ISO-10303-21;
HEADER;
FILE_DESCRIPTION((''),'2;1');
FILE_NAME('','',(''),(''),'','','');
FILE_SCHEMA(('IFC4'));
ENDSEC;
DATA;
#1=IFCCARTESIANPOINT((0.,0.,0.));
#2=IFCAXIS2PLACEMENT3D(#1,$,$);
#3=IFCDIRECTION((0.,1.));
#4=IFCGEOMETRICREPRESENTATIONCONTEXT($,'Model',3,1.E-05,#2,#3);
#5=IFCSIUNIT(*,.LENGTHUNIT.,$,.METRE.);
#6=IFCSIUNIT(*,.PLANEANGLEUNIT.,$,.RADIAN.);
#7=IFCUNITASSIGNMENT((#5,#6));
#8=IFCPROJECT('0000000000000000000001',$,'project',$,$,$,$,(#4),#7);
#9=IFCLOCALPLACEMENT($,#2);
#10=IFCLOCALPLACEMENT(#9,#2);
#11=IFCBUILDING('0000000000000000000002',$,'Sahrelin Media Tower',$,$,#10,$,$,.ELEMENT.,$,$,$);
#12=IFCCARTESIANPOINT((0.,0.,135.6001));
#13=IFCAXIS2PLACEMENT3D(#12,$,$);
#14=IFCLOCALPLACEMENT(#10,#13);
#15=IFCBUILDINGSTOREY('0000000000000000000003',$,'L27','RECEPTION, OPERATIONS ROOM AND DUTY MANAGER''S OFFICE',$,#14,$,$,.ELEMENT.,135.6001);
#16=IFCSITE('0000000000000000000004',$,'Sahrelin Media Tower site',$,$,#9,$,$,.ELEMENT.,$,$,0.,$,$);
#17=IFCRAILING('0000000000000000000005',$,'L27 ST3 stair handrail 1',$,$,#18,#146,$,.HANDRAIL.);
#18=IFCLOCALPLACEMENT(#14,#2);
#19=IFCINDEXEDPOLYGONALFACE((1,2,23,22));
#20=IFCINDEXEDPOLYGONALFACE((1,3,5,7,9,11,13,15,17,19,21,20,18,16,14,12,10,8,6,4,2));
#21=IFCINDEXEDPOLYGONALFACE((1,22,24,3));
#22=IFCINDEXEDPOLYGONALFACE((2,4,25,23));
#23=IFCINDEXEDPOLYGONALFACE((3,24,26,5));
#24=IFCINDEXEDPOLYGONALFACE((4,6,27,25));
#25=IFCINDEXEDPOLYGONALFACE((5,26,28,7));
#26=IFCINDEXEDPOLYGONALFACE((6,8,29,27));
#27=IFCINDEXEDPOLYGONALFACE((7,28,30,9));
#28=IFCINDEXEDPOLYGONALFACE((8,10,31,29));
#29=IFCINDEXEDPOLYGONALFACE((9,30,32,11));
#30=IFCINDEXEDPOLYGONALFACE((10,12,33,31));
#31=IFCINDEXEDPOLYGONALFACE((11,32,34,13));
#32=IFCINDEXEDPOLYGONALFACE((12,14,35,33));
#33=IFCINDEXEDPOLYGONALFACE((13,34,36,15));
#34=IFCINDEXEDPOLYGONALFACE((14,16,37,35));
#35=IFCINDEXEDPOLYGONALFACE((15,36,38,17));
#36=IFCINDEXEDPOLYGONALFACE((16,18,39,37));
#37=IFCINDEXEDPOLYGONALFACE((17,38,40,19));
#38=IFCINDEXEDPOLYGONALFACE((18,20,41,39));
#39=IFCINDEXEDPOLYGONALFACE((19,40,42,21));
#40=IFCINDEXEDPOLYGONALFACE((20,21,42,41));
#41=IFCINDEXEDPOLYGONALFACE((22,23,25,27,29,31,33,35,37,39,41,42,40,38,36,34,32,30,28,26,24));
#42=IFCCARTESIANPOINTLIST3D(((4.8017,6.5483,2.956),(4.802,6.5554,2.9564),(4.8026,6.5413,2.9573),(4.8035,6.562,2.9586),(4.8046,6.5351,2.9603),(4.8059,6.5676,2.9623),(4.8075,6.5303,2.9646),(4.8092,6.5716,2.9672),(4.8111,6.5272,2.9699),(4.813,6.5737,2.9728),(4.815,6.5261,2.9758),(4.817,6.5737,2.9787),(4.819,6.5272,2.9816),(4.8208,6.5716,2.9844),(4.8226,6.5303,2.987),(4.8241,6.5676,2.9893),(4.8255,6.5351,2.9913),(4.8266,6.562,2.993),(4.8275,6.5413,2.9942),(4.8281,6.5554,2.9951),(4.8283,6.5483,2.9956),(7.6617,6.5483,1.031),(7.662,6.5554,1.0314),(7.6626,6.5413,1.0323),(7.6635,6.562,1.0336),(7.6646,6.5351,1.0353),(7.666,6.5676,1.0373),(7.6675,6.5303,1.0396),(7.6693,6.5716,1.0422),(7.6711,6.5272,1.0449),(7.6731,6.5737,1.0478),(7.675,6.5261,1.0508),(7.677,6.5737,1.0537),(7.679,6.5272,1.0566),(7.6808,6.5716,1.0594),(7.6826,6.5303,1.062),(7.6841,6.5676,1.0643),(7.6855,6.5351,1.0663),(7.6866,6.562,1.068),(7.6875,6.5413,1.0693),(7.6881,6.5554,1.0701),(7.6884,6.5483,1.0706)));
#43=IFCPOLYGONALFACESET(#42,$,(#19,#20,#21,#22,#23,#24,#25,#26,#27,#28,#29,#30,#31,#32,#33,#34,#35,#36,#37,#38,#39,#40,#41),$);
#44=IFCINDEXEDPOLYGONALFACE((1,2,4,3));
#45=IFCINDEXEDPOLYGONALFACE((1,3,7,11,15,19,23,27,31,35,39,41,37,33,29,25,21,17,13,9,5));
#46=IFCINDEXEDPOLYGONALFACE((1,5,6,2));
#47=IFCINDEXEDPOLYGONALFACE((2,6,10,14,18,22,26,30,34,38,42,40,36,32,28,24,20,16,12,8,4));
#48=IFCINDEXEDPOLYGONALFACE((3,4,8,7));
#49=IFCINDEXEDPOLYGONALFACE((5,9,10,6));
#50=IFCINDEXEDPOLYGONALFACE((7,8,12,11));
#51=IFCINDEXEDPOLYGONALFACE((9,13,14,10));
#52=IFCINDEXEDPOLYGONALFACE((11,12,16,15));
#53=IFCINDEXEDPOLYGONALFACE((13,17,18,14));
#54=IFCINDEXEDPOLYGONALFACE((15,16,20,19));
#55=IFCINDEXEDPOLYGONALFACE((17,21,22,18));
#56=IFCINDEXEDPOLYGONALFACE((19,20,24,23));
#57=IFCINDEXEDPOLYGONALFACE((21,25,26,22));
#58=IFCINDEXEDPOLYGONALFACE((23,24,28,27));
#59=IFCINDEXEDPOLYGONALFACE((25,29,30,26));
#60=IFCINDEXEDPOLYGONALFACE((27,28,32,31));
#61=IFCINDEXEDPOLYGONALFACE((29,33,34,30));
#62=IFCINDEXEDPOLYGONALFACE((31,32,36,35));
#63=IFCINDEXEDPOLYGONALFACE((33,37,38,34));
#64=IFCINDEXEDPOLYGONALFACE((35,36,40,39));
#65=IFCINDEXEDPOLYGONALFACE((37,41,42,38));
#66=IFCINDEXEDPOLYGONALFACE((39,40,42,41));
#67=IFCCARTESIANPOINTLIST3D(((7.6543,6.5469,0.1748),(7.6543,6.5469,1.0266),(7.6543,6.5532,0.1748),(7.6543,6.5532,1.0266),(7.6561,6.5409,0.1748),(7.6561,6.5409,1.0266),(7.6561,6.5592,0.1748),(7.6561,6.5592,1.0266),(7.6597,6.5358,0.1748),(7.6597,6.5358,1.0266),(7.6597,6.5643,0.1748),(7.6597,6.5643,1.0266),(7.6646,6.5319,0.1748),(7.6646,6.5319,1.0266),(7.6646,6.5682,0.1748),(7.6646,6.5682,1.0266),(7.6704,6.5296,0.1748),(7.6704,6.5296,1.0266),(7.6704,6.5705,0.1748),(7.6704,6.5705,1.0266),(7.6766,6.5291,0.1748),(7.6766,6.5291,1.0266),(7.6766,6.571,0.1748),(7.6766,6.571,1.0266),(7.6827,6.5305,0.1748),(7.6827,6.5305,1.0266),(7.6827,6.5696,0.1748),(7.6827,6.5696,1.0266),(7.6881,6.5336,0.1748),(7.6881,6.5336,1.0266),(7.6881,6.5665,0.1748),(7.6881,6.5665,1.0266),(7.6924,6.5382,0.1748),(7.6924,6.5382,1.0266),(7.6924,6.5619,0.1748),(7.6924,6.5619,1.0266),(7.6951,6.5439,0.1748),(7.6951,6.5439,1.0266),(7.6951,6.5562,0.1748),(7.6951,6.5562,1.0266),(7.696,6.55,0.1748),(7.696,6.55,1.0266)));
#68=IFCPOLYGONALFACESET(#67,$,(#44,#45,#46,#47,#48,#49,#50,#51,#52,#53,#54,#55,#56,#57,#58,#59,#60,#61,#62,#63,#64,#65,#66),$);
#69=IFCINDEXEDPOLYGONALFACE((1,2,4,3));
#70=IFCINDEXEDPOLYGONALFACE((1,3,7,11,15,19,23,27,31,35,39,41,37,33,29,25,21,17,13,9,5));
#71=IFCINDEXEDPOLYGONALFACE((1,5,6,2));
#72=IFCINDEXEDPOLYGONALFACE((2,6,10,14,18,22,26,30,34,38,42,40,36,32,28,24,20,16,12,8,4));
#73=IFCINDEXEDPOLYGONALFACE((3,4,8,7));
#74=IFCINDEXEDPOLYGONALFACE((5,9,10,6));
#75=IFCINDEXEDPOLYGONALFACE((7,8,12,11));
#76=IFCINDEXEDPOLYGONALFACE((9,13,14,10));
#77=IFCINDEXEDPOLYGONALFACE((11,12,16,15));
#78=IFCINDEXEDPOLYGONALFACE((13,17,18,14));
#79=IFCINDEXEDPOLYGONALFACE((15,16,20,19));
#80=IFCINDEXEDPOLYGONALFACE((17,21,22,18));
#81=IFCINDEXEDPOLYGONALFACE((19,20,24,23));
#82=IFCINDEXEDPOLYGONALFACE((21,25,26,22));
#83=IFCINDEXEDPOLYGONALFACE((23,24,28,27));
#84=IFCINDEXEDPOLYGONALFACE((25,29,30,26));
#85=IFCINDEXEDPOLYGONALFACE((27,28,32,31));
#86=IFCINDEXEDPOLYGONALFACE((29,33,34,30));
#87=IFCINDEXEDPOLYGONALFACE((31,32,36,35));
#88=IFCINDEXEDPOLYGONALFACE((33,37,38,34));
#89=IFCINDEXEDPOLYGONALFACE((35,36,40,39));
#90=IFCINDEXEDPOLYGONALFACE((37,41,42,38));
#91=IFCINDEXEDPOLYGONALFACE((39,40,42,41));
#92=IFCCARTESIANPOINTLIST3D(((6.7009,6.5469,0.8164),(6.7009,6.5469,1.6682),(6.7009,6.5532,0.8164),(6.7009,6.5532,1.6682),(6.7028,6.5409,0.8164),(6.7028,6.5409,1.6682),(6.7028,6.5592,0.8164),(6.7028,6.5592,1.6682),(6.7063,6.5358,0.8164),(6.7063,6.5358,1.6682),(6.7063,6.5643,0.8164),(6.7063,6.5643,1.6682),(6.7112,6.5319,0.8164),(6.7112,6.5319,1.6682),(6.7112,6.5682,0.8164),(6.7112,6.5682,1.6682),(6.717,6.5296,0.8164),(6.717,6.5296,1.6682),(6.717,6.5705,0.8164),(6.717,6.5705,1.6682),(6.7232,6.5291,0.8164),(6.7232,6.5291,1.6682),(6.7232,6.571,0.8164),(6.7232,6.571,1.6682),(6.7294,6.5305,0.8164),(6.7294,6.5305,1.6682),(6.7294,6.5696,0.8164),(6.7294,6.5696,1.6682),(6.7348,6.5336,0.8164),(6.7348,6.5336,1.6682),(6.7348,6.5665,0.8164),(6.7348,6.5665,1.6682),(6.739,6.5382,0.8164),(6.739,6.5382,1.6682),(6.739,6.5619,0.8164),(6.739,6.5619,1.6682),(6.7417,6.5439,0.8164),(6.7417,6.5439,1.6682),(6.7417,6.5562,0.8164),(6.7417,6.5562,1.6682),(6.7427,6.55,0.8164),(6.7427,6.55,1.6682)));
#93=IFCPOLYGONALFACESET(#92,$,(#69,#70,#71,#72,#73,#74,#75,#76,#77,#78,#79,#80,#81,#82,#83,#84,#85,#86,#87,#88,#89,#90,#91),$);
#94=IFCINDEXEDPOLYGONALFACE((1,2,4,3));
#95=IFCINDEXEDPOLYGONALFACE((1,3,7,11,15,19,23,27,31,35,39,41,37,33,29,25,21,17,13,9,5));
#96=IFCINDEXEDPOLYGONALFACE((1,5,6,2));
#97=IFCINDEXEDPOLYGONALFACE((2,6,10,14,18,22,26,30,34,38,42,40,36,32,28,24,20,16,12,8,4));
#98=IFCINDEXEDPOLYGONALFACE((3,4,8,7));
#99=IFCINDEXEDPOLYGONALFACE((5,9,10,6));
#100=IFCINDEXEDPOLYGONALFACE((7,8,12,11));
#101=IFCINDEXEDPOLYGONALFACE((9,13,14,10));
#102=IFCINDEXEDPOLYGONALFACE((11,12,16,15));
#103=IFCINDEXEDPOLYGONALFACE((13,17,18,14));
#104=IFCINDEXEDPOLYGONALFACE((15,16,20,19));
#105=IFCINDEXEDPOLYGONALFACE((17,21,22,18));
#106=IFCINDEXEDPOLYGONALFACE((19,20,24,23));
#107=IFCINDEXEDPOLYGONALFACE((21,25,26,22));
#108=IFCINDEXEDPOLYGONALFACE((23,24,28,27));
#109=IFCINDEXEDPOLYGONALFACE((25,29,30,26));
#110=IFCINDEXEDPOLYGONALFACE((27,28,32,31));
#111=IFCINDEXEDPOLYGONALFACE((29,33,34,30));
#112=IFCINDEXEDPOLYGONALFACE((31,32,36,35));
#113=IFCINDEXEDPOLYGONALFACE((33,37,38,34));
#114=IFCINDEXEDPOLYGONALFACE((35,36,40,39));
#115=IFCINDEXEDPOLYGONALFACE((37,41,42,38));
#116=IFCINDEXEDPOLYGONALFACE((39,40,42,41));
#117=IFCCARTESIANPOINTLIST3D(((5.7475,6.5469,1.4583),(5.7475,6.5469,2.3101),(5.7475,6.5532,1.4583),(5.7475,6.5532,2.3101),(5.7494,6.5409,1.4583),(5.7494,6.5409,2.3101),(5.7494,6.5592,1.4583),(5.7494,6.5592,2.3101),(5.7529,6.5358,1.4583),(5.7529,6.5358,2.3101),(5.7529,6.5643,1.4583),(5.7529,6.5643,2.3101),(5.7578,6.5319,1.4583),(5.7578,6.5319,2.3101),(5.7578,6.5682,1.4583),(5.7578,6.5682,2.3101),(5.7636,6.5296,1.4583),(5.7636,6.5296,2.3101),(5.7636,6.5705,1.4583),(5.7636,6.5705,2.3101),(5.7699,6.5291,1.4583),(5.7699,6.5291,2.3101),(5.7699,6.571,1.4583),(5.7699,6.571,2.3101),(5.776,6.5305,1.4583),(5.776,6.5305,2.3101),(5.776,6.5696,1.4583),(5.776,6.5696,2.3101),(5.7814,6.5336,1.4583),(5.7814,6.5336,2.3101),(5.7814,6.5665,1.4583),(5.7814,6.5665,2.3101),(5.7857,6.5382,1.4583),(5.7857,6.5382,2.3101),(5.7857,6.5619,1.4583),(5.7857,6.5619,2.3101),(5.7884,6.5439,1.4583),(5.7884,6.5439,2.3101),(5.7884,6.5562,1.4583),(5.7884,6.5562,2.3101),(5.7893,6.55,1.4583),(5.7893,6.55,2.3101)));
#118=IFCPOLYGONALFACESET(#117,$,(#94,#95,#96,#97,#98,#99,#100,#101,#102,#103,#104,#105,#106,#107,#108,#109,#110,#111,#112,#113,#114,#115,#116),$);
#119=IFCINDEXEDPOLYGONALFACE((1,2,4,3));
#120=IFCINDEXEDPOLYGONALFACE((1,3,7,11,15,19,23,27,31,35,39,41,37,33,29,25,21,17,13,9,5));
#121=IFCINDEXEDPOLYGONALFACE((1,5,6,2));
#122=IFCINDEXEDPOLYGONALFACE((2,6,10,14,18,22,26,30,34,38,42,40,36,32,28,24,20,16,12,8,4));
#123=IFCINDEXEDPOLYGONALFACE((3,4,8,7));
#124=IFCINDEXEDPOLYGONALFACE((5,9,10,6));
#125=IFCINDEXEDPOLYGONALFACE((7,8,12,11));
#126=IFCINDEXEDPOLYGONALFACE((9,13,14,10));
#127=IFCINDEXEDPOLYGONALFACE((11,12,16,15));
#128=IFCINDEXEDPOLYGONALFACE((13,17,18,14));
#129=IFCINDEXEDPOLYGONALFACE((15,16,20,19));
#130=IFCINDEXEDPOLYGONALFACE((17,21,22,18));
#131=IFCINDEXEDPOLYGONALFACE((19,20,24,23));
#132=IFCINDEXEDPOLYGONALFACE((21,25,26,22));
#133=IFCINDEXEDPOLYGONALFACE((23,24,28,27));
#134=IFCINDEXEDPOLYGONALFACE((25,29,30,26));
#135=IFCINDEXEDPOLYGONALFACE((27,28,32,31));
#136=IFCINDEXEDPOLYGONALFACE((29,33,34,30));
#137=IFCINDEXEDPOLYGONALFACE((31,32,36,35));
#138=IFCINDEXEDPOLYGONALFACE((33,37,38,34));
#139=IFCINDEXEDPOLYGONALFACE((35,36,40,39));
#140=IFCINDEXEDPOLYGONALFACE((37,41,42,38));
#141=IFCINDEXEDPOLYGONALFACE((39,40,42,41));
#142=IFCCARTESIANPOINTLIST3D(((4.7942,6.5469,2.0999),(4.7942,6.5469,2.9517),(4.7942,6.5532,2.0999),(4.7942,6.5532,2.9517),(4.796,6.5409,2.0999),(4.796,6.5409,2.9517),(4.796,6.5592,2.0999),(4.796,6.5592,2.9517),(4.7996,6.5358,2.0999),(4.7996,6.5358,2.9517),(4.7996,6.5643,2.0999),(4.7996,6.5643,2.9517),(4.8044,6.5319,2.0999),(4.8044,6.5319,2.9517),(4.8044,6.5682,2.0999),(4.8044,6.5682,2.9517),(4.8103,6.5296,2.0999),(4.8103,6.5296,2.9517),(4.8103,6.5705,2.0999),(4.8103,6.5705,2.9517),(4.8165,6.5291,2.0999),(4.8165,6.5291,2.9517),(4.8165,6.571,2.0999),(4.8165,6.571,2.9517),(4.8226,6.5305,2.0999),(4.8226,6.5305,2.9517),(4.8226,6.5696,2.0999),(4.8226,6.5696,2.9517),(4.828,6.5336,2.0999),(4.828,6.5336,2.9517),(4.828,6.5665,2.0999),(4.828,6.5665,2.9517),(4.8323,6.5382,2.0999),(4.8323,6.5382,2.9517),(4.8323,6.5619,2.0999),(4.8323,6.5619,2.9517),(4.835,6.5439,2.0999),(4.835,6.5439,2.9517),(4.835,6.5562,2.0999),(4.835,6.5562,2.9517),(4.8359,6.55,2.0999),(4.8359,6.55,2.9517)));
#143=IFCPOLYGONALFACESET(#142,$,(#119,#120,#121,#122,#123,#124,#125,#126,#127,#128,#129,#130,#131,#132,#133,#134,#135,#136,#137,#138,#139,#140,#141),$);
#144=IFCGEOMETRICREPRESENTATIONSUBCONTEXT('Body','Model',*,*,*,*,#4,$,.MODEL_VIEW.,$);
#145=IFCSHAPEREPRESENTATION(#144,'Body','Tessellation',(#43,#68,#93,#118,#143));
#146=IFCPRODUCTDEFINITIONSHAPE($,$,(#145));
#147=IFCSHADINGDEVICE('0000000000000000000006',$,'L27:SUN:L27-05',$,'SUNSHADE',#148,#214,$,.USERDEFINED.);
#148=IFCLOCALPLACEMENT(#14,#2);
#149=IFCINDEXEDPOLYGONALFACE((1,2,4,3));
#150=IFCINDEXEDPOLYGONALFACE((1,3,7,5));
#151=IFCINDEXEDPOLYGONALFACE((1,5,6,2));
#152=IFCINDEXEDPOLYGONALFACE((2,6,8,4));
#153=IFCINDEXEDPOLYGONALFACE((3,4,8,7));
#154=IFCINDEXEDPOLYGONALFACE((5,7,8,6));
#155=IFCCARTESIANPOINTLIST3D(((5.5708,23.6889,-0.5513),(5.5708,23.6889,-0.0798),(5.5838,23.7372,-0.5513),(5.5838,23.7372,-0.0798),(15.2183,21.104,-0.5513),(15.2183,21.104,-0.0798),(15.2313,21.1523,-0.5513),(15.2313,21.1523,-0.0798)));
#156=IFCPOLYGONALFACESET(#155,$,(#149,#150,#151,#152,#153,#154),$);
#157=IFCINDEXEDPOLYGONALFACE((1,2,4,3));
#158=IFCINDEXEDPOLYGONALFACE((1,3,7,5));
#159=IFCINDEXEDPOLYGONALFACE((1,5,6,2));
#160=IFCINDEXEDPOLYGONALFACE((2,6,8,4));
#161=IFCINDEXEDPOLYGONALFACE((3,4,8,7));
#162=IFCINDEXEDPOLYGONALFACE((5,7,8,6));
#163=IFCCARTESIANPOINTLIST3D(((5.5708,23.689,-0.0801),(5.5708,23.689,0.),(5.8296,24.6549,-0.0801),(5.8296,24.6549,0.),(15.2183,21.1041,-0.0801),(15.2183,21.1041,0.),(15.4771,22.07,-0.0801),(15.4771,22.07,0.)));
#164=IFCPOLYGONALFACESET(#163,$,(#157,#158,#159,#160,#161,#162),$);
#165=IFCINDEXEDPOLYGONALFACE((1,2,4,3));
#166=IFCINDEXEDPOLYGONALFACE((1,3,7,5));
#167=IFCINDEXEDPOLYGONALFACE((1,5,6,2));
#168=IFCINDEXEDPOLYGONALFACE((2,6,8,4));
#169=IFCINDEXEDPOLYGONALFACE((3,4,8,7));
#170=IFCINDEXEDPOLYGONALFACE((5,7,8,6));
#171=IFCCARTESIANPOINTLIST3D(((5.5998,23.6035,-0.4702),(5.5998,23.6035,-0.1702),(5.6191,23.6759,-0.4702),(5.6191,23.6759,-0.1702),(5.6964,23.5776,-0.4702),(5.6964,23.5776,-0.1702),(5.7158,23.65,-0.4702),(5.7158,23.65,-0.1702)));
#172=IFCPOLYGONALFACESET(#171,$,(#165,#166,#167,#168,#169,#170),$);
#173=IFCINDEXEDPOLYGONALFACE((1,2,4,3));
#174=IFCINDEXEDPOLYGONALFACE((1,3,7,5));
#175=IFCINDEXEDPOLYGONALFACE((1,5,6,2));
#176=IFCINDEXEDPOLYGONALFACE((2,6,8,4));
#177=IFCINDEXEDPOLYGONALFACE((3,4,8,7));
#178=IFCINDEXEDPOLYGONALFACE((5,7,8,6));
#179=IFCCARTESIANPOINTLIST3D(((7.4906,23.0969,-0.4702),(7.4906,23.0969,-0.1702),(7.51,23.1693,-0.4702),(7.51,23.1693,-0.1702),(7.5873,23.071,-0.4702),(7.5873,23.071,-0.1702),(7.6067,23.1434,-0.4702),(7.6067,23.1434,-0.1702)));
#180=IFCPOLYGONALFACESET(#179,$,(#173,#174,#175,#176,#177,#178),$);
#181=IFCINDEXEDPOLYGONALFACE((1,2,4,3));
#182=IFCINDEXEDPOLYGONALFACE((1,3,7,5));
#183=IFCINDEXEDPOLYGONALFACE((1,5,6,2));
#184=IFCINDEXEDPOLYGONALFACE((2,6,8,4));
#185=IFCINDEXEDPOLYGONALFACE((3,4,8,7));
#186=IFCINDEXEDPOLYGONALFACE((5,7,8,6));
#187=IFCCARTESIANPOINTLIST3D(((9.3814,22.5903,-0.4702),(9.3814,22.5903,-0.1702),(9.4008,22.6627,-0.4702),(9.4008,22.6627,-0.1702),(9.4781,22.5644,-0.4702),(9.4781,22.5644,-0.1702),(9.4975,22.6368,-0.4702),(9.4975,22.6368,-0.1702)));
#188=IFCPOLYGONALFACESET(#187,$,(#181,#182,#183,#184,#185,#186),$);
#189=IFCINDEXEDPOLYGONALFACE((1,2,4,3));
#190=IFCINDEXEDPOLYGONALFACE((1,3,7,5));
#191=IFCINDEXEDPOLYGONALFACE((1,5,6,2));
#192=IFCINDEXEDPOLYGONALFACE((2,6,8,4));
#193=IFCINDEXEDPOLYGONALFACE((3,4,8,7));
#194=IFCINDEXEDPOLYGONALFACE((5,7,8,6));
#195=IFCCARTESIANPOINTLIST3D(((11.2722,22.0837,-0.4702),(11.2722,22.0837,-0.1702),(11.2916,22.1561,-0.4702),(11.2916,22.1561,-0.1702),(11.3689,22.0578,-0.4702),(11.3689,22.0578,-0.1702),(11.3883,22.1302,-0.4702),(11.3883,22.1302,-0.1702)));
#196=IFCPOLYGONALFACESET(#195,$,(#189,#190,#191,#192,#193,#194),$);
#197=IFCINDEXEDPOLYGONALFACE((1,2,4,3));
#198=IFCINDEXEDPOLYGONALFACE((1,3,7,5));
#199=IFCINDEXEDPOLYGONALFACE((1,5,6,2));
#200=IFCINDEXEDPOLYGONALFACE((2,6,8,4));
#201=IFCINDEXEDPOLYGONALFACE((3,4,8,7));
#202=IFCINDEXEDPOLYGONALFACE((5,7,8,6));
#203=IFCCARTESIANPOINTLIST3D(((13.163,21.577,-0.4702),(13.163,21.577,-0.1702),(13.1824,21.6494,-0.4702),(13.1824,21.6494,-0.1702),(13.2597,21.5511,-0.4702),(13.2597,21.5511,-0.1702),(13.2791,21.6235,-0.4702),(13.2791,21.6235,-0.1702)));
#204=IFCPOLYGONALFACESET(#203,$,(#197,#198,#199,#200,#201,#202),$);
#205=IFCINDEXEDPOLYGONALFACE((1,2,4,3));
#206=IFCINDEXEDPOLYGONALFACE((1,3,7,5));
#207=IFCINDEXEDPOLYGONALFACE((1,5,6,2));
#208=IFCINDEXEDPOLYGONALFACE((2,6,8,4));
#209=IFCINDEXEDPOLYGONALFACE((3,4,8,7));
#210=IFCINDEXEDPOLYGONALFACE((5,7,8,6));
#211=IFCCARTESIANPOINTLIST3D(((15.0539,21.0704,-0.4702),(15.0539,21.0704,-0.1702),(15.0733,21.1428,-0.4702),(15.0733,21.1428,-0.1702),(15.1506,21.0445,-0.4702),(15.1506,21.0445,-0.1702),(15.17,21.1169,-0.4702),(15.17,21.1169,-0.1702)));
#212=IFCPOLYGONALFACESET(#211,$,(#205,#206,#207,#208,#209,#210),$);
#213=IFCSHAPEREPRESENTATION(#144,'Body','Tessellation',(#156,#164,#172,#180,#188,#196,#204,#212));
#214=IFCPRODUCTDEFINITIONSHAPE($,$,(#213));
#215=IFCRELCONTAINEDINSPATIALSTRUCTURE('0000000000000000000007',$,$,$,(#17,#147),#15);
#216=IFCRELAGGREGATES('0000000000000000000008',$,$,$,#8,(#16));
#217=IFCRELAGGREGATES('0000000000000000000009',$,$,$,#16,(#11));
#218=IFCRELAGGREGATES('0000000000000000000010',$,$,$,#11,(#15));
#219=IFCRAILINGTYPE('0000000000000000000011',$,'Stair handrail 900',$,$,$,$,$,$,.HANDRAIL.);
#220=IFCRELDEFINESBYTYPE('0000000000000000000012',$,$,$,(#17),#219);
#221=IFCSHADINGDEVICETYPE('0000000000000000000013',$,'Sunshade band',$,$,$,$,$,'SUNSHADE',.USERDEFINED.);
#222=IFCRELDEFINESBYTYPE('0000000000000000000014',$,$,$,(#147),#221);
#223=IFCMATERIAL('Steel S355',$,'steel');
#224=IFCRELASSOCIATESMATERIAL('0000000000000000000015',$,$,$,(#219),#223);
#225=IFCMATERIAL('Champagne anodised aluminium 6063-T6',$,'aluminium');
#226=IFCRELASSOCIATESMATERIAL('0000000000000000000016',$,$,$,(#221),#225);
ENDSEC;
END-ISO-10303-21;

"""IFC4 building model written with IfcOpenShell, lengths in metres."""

from ifc_helpers import new_model, si_unit, direction, frame, origin, origin_2d, place, context, subcontext, project, spatial, rectangle, circle, extrude, material, type_object, element, save


model = new_model("IFC4")

# Units and contexts
model_context = context("Model", 3, precision=1e-05, world=origin(), true_north=direction((0.0, 1.0)))
body_context = subcontext(model_context, "Body", "Model", "MODEL_VIEW")
ifc_project = project(units=[si_unit("LENGTHUNIT", "METRE"), si_unit("PLANEANGLEUNIT", "RADIAN")], contexts=[model_context])

# Site, building, storey
site_placement = place(None, origin())
site = spatial("IfcSite", under=ifc_project, at=site_placement, Name="Sahrelin Media Tower site", CompositionType="ELEMENT", RefElevation=0.0)
building_placement = place(site_placement, origin())
building = spatial("IfcBuilding", under=site, at=building_placement, Name="Sahrelin Media Tower", CompositionType="ELEMENT")
storey_placement = place(building_placement, frame((0.0, 0.0, 135.6001)))
storey = spatial("IfcBuildingStorey", under=building, at=storey_placement, Name="L27", Description="RECEPTION, OPERATIONS ROOM AND DUTY MANAGER'S OFFICE", CompositionType="ELEMENT", Elevation=135.6001)

# Shared definitions
ifc_material_1 = material(Name="Steel S355", Category="steel")

# Shared definitions
ifc_material_2 = material(Name="Champagne anodised aluminium 6063-T6", Category="aluminium")

# Shared definitions
placement_1 = place(storey_placement, frame((10.3894, 22.3772, 0.0), z_axis=(0.0, 0.0, 1.0), x_axis=(0.965929, -0.258808, 0.0)))

# Railing
railing_type = type_object("IfcRailingType", Name="Stair handrail 900", PredefinedType="HANDRAIL", material=ifc_material_1)
railing_placement = place(storey_placement, frame((7.675, 6.55, 0.1748)))
element("IfcRailing", 1, at=railing_placement, inside=storey, type_object=railing_type, Name="L27 ST3 stair handrail 1", PredefinedType="HANDRAIL", context=body_context, shape_type="SweptSolid", body=[
    extrude(circle(Radius=0.0239, at=origin_2d()), frame((0.0, 0.0, 0.876), z_axis=(-0.829591, 0.0, 0.558372), x_axis=(0.0, -1.0, 0.0)), (0.0, 0.0, 1.0), 3.4475),
    extrude(circle(Radius=0.021, at=origin_2d()), origin(), (0.0, 0.0, 1.0), 0.8518),
    extrude(circle(Radius=0.021, at=origin_2d()), frame((-0.9534, 0.0, 0.6416)), (0.0, 0.0, 1.0), 0.8518),
    extrude(circle(Radius=0.021, at=origin_2d()), frame((-1.9067, 0.0, 1.2834)), (0.0, 0.0, 1.0), 0.8518),
    extrude(circle(Radius=0.021, at=origin_2d()), frame((-2.8601, 0.0, 1.925)), (0.0, 0.0, 1.0), 0.8518),
])

# Shading device
shading_device_type_1 = type_object("IfcShadingDeviceType", Name="Sunshade band", ElementType="SUNSHADE", PredefinedType="USERDEFINED", material=ifc_material_2)
element("IfcShadingDevice", 2, at=placement_1, inside=storey, type_object=shading_device_type_1, Name="L27:SUN:L27-05", ObjectType="SUNSHADE", PredefinedType="USERDEFINED", context=body_context, shape_type="SweptSolid", body=[
    extrude(rectangle(XDim=9.9878, YDim=0.05, at=origin_2d()), frame((0.0, 0.0449, -0.5513)), (0.0, 0.0, 1.0), 0.4714),
    extrude(rectangle(XDim=9.9878, YDim=1.0, at=origin_2d()), frame((0.0, 0.52, -0.0801)), (0.0, 0.0, 1.0), 0.0801),
    extrude(rectangle(XDim=0.1001, YDim=0.075, at=origin_2d()), frame((-4.8938, -0.0176, -0.4702)), (0.0, 0.0, 1.0), 0.3),
    extrude(rectangle(XDim=0.1001, YDim=0.075, at=origin_2d()), frame((-2.9363, -0.0176, -0.4702)), (0.0, 0.0, 1.0), 0.3),
    extrude(rectangle(XDim=0.1001, YDim=0.075, at=origin_2d()), frame((-0.9788, -0.0176, -0.4702)), (0.0, 0.0, 1.0), 0.3),
    extrude(rectangle(XDim=0.1001, YDim=0.075, at=origin_2d()), frame((0.9788, -0.0176, -0.4702)), (0.0, 0.0, 1.0), 0.3),
    extrude(rectangle(XDim=0.1001, YDim=0.075, at=origin_2d()), frame((2.9363, -0.0176, -0.4702)), (0.0, 0.0, 1.0), 0.3),
    extrude(rectangle(XDim=0.1001, YDim=0.075, at=origin_2d()), frame((4.8938, -0.0176, -0.4702)), (0.0, 0.0, 1.0), 0.3),
])

save(model, "model.ifc")
